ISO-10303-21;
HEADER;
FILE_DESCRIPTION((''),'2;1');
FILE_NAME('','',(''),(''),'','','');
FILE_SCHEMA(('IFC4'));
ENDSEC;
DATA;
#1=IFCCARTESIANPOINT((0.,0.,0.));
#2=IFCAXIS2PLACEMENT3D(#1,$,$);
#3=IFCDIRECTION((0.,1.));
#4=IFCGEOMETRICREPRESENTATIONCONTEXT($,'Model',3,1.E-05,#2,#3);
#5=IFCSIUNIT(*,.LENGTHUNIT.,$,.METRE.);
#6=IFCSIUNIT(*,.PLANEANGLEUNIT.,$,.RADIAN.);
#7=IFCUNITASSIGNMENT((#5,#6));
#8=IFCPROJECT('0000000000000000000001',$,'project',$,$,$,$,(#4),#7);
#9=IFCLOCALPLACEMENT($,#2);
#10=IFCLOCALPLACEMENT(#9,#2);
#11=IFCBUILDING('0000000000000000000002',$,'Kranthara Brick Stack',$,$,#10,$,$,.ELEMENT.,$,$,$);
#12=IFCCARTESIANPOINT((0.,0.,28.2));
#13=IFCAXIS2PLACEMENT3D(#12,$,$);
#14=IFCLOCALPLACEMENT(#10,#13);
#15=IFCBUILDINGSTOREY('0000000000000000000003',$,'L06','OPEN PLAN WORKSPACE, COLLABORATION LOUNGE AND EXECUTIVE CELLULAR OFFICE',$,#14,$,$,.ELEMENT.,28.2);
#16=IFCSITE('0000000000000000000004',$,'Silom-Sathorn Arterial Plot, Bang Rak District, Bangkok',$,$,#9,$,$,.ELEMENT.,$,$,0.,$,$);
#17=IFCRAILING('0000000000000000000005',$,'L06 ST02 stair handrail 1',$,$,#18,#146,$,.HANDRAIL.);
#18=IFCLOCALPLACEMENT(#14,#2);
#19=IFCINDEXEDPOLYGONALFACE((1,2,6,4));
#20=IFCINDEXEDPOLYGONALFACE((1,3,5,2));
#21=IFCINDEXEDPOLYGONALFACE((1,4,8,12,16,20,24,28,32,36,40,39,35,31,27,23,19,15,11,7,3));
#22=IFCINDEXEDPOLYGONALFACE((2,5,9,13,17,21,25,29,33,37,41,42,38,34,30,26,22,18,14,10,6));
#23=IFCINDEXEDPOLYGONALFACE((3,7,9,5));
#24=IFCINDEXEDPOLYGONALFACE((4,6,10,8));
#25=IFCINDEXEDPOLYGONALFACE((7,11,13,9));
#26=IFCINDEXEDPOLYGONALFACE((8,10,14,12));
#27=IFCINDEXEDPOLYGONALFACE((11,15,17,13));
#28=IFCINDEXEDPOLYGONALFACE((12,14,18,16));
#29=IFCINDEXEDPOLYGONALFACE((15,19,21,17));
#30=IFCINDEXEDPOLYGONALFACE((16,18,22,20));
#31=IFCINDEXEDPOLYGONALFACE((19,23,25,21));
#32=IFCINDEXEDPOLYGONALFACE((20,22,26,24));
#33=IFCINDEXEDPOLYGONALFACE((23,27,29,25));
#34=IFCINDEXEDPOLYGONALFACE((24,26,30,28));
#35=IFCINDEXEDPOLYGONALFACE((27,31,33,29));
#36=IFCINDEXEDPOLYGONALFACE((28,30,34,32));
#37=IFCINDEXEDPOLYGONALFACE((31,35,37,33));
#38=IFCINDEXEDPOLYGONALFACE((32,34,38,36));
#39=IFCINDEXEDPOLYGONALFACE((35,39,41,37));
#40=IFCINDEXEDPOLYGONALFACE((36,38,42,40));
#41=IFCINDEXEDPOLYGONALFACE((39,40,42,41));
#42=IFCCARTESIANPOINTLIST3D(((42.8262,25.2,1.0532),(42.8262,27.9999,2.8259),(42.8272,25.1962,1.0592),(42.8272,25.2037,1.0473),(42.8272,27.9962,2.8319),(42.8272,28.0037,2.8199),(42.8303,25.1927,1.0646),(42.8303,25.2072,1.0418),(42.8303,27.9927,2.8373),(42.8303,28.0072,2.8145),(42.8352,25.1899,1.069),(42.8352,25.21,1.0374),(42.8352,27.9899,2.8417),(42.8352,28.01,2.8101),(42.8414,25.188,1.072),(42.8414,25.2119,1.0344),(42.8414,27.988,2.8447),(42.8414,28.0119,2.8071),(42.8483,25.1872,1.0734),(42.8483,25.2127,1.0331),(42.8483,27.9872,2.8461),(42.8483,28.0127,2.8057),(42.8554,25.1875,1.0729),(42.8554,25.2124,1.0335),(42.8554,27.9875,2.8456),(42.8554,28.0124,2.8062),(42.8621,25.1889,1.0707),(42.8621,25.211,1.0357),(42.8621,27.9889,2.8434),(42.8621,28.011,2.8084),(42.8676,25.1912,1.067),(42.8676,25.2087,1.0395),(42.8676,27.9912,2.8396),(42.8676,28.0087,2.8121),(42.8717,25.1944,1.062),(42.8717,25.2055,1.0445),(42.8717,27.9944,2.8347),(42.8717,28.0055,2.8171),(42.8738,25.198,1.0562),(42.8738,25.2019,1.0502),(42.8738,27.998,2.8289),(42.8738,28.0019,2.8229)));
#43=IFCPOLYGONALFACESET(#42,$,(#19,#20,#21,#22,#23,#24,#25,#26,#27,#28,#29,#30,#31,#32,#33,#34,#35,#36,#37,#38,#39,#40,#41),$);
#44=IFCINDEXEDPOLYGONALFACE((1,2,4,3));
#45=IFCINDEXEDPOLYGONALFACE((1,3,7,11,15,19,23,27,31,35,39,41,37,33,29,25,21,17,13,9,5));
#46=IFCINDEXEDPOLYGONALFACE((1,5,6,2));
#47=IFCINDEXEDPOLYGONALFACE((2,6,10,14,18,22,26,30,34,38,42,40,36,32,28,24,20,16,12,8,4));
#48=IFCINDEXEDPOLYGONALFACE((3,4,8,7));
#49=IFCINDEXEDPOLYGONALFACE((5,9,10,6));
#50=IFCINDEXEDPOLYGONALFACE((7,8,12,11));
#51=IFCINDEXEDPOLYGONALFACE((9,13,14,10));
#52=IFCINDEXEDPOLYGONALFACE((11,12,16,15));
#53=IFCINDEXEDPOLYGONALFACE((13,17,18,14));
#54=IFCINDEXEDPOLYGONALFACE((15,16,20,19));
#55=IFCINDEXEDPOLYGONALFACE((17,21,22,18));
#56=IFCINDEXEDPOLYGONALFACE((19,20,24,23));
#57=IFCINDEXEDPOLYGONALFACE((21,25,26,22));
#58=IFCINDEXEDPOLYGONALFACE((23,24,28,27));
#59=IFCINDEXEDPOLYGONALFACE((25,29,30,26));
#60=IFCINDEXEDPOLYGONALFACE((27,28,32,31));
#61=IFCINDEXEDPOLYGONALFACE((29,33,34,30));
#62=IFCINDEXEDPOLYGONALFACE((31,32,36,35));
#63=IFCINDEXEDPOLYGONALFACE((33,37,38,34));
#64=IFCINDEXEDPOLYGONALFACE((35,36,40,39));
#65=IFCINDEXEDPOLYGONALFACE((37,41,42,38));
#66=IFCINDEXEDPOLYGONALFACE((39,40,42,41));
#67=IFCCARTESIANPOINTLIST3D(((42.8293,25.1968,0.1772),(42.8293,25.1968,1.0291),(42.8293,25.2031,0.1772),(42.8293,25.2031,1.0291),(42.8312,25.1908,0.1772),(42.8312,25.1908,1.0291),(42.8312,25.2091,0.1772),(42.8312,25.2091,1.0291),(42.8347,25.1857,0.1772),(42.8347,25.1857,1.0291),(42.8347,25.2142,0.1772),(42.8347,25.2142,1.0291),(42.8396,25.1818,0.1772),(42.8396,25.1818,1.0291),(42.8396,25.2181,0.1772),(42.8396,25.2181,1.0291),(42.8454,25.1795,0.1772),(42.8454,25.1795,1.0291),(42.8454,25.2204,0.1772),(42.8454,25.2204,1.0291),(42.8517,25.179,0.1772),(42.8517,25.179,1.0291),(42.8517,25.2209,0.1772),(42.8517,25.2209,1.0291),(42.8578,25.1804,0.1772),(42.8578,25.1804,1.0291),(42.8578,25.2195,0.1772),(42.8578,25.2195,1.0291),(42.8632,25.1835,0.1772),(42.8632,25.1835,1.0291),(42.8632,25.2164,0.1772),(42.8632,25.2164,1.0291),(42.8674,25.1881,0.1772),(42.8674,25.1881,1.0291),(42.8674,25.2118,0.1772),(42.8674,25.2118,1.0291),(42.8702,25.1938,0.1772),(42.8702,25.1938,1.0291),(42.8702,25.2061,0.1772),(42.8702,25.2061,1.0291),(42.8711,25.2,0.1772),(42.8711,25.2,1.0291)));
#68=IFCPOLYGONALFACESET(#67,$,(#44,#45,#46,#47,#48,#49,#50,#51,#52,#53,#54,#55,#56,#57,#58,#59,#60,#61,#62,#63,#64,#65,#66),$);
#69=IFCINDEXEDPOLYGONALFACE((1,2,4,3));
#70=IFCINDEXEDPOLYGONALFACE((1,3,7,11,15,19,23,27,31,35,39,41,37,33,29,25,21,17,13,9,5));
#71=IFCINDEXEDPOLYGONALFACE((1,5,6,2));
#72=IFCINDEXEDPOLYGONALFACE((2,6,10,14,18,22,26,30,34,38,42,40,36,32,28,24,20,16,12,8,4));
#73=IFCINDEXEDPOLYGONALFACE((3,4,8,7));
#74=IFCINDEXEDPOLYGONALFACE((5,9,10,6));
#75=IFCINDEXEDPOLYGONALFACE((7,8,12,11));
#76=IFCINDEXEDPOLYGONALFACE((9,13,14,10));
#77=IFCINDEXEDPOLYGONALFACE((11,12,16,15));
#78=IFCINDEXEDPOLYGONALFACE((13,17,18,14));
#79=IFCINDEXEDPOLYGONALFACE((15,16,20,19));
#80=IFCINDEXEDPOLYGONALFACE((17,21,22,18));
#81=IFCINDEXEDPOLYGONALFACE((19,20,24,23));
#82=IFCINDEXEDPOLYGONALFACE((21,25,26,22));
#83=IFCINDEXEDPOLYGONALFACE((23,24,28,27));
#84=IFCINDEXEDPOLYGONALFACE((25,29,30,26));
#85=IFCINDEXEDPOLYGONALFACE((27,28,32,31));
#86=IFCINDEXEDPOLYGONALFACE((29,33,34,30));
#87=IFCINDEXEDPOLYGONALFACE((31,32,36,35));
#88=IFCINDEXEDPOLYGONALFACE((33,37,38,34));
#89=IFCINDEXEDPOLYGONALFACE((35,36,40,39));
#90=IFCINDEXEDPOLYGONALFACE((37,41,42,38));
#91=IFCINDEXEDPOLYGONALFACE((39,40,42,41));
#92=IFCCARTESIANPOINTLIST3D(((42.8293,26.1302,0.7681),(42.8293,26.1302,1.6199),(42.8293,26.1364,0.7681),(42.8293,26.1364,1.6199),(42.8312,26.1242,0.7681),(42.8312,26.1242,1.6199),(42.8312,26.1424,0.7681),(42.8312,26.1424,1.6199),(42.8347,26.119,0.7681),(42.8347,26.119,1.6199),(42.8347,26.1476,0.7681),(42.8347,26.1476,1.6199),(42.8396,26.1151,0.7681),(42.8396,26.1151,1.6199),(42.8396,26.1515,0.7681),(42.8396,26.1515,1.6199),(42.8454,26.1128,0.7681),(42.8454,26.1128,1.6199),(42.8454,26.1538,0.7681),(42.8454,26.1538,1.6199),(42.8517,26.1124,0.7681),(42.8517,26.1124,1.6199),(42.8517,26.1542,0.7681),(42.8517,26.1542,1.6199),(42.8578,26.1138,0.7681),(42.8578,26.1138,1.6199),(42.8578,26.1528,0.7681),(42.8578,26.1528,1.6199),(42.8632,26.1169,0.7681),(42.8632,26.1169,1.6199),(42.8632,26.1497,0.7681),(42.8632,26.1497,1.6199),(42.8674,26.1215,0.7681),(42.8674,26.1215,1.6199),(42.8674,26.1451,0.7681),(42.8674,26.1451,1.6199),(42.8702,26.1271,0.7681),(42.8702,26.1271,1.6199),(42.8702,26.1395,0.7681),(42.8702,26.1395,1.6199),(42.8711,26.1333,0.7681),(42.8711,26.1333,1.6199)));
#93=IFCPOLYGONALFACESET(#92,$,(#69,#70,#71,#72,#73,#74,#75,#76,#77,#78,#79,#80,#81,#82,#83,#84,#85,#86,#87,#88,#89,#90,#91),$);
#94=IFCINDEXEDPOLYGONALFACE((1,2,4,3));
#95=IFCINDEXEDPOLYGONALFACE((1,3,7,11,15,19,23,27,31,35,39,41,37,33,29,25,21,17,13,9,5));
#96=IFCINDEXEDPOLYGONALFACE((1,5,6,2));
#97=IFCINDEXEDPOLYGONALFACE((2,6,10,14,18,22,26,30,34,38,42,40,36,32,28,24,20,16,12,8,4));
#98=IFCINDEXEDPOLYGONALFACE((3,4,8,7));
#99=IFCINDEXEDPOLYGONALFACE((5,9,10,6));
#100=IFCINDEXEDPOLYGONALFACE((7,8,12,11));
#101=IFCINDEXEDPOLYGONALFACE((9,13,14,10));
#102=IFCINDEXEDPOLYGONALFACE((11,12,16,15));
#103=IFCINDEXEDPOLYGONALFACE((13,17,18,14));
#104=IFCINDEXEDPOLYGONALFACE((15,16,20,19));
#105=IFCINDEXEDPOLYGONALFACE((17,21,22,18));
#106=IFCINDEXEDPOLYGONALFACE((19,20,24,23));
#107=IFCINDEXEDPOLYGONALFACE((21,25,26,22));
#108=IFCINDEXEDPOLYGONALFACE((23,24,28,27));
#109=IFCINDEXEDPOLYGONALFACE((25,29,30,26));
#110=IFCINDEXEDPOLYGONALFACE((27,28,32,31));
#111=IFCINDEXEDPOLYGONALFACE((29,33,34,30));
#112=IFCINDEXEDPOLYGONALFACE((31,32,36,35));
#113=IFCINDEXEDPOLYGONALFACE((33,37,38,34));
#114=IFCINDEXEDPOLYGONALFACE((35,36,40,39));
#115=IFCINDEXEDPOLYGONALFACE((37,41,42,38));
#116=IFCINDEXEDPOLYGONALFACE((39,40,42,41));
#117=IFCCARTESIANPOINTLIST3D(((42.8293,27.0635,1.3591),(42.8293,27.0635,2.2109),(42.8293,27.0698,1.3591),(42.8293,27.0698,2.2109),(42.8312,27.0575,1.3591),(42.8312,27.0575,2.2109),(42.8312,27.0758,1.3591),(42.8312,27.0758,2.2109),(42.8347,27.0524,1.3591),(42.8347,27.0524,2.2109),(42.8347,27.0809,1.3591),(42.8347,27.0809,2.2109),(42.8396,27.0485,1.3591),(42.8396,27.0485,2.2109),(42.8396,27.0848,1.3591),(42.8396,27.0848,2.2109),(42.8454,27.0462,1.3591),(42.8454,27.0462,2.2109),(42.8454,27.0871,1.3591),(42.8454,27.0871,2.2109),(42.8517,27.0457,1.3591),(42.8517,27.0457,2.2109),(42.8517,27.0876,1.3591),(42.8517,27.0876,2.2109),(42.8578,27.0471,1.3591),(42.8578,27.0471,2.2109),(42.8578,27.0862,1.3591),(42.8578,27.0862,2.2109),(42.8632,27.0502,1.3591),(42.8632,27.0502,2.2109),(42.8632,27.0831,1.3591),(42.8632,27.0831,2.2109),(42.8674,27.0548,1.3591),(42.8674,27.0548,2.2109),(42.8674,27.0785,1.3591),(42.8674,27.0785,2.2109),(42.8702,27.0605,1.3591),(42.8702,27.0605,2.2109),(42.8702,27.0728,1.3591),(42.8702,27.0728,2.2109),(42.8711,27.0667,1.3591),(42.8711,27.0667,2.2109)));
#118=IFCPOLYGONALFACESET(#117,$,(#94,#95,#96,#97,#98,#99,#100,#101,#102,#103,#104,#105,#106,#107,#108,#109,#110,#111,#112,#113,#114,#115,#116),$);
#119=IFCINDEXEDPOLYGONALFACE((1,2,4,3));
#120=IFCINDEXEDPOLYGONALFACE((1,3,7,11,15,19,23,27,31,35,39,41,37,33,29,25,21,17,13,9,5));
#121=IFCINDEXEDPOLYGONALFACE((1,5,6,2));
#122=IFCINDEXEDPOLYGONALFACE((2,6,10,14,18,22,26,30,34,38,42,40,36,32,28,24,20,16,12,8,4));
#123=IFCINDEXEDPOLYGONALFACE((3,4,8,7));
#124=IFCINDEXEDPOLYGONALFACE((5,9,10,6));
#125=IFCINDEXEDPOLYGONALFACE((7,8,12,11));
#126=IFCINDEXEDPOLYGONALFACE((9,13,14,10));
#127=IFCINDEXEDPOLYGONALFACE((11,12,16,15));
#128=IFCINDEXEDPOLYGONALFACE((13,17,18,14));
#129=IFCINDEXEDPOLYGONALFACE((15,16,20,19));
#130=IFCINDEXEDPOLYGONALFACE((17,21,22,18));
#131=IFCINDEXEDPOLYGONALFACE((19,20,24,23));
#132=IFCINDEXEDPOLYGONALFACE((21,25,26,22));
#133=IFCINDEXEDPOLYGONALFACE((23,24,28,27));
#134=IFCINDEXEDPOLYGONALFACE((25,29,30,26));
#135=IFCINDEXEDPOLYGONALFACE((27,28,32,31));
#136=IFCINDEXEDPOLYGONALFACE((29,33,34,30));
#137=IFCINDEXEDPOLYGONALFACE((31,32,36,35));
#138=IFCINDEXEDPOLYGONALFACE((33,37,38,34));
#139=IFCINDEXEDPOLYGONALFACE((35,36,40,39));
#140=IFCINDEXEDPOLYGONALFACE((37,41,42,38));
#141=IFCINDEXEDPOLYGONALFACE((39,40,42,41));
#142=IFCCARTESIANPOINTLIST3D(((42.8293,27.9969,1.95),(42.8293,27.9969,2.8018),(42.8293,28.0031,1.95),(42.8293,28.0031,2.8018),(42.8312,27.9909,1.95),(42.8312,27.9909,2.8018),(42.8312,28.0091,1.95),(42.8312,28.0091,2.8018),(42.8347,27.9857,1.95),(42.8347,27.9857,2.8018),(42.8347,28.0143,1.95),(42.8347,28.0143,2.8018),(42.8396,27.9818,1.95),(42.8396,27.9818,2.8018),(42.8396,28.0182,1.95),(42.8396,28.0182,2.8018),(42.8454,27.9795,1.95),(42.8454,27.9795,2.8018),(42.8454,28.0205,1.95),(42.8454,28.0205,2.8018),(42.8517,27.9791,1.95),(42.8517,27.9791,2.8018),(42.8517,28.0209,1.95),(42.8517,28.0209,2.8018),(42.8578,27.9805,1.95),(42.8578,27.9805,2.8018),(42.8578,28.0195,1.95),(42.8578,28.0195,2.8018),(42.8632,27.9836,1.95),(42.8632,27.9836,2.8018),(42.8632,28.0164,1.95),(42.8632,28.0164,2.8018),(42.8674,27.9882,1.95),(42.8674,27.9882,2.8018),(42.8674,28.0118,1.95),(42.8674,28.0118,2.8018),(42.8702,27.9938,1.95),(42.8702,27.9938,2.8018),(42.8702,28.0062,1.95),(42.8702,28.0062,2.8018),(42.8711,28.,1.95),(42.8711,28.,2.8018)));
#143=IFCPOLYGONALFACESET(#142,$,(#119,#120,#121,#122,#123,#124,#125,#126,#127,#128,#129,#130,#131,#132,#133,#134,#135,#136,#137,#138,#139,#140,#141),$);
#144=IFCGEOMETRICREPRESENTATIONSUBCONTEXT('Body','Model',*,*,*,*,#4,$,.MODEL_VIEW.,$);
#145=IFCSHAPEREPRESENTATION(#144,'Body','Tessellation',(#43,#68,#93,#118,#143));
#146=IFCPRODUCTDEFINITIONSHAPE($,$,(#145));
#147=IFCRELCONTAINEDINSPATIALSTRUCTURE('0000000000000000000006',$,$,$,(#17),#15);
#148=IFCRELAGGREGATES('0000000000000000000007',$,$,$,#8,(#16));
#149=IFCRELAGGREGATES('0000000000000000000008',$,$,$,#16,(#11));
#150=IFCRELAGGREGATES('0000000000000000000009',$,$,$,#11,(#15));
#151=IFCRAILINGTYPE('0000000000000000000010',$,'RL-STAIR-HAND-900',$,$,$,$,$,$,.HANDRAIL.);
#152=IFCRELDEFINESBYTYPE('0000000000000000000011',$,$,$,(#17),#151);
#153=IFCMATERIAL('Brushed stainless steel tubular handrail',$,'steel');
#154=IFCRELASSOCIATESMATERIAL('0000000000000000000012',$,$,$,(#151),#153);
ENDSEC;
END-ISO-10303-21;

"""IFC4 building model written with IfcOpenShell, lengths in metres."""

from ifc_helpers import new_model, si_unit, direction, frame, origin, origin_2d, place, context, subcontext, project, spatial, circle, extrude, material, type_object, element, save


model = new_model("IFC4")

# Units and contexts
model_context = context("Model", 3, precision=1e-05, world=origin(), true_north=direction((0.0, 1.0)))
body_context = subcontext(model_context, "Body", "Model", "MODEL_VIEW")
ifc_project = project(units=[si_unit("LENGTHUNIT", "METRE"), si_unit("PLANEANGLEUNIT", "RADIAN")], contexts=[model_context])

# Site, building, storey
site_placement = place(None, origin())
site = spatial("IfcSite", under=ifc_project, at=site_placement, Name="Silom-Sathorn Arterial Plot, Bang Rak District, Bangkok", CompositionType="ELEMENT", RefElevation=0.0)
building_placement = place(site_placement, origin())
building = spatial("IfcBuilding", under=site, at=building_placement, Name="Kranthara Brick Stack", CompositionType="ELEMENT")
storey_placement = place(building_placement, frame((0.0, 0.0, 28.2)))
storey = spatial("IfcBuildingStorey", under=building, at=storey_placement, Name="L06", Description="OPEN PLAN WORKSPACE, COLLABORATION LOUNGE AND EXECUTIVE CELLULAR OFFICE", CompositionType="ELEMENT", Elevation=28.2)

# Railing
ifc_material_1 = material(Name="Brushed stainless steel tubular handrail", Category="steel")
railing_type_1 = type_object("IfcRailingType", Name="RL-STAIR-HAND-900", PredefinedType="HANDRAIL", material=ifc_material_1)
railing_1_placement = place(storey_placement, frame((42.8501, 25.2, 0.1772)))
element("IfcRailing", 1, at=railing_1_placement, inside=storey, type_object=railing_type_1, Name="L06 ST02 stair handrail 1", PredefinedType="HANDRAIL", context=body_context, shape_type="SweptSolid", body=[
    extrude(circle(Radius=0.0239, at=origin_2d()), frame((0.0, 0.0, 0.876), z_axis=(0.0, 0.844909, 0.53491), x_axis=(-1.0, 0.0, 0.0)), (0.0, 0.0, 1.0), 3.314),
    extrude(circle(Radius=0.021, at=origin_2d()), origin(), (0.0, 0.0, 1.0), 0.8518),
    extrude(circle(Radius=0.021, at=origin_2d()), frame((0.0, 0.9333, 0.5908)), (0.0, 0.0, 1.0), 0.8518),
    extrude(circle(Radius=0.021, at=origin_2d()), frame((0.0, 1.8667, 1.1819)), (0.0, 0.0, 1.0), 0.8518),
    extrude(circle(Radius=0.021, at=origin_2d()), frame((0.0, 2.8, 1.7727)), (0.0, 0.0, 1.0), 0.8518),
])

save(model, "model.ifc")
